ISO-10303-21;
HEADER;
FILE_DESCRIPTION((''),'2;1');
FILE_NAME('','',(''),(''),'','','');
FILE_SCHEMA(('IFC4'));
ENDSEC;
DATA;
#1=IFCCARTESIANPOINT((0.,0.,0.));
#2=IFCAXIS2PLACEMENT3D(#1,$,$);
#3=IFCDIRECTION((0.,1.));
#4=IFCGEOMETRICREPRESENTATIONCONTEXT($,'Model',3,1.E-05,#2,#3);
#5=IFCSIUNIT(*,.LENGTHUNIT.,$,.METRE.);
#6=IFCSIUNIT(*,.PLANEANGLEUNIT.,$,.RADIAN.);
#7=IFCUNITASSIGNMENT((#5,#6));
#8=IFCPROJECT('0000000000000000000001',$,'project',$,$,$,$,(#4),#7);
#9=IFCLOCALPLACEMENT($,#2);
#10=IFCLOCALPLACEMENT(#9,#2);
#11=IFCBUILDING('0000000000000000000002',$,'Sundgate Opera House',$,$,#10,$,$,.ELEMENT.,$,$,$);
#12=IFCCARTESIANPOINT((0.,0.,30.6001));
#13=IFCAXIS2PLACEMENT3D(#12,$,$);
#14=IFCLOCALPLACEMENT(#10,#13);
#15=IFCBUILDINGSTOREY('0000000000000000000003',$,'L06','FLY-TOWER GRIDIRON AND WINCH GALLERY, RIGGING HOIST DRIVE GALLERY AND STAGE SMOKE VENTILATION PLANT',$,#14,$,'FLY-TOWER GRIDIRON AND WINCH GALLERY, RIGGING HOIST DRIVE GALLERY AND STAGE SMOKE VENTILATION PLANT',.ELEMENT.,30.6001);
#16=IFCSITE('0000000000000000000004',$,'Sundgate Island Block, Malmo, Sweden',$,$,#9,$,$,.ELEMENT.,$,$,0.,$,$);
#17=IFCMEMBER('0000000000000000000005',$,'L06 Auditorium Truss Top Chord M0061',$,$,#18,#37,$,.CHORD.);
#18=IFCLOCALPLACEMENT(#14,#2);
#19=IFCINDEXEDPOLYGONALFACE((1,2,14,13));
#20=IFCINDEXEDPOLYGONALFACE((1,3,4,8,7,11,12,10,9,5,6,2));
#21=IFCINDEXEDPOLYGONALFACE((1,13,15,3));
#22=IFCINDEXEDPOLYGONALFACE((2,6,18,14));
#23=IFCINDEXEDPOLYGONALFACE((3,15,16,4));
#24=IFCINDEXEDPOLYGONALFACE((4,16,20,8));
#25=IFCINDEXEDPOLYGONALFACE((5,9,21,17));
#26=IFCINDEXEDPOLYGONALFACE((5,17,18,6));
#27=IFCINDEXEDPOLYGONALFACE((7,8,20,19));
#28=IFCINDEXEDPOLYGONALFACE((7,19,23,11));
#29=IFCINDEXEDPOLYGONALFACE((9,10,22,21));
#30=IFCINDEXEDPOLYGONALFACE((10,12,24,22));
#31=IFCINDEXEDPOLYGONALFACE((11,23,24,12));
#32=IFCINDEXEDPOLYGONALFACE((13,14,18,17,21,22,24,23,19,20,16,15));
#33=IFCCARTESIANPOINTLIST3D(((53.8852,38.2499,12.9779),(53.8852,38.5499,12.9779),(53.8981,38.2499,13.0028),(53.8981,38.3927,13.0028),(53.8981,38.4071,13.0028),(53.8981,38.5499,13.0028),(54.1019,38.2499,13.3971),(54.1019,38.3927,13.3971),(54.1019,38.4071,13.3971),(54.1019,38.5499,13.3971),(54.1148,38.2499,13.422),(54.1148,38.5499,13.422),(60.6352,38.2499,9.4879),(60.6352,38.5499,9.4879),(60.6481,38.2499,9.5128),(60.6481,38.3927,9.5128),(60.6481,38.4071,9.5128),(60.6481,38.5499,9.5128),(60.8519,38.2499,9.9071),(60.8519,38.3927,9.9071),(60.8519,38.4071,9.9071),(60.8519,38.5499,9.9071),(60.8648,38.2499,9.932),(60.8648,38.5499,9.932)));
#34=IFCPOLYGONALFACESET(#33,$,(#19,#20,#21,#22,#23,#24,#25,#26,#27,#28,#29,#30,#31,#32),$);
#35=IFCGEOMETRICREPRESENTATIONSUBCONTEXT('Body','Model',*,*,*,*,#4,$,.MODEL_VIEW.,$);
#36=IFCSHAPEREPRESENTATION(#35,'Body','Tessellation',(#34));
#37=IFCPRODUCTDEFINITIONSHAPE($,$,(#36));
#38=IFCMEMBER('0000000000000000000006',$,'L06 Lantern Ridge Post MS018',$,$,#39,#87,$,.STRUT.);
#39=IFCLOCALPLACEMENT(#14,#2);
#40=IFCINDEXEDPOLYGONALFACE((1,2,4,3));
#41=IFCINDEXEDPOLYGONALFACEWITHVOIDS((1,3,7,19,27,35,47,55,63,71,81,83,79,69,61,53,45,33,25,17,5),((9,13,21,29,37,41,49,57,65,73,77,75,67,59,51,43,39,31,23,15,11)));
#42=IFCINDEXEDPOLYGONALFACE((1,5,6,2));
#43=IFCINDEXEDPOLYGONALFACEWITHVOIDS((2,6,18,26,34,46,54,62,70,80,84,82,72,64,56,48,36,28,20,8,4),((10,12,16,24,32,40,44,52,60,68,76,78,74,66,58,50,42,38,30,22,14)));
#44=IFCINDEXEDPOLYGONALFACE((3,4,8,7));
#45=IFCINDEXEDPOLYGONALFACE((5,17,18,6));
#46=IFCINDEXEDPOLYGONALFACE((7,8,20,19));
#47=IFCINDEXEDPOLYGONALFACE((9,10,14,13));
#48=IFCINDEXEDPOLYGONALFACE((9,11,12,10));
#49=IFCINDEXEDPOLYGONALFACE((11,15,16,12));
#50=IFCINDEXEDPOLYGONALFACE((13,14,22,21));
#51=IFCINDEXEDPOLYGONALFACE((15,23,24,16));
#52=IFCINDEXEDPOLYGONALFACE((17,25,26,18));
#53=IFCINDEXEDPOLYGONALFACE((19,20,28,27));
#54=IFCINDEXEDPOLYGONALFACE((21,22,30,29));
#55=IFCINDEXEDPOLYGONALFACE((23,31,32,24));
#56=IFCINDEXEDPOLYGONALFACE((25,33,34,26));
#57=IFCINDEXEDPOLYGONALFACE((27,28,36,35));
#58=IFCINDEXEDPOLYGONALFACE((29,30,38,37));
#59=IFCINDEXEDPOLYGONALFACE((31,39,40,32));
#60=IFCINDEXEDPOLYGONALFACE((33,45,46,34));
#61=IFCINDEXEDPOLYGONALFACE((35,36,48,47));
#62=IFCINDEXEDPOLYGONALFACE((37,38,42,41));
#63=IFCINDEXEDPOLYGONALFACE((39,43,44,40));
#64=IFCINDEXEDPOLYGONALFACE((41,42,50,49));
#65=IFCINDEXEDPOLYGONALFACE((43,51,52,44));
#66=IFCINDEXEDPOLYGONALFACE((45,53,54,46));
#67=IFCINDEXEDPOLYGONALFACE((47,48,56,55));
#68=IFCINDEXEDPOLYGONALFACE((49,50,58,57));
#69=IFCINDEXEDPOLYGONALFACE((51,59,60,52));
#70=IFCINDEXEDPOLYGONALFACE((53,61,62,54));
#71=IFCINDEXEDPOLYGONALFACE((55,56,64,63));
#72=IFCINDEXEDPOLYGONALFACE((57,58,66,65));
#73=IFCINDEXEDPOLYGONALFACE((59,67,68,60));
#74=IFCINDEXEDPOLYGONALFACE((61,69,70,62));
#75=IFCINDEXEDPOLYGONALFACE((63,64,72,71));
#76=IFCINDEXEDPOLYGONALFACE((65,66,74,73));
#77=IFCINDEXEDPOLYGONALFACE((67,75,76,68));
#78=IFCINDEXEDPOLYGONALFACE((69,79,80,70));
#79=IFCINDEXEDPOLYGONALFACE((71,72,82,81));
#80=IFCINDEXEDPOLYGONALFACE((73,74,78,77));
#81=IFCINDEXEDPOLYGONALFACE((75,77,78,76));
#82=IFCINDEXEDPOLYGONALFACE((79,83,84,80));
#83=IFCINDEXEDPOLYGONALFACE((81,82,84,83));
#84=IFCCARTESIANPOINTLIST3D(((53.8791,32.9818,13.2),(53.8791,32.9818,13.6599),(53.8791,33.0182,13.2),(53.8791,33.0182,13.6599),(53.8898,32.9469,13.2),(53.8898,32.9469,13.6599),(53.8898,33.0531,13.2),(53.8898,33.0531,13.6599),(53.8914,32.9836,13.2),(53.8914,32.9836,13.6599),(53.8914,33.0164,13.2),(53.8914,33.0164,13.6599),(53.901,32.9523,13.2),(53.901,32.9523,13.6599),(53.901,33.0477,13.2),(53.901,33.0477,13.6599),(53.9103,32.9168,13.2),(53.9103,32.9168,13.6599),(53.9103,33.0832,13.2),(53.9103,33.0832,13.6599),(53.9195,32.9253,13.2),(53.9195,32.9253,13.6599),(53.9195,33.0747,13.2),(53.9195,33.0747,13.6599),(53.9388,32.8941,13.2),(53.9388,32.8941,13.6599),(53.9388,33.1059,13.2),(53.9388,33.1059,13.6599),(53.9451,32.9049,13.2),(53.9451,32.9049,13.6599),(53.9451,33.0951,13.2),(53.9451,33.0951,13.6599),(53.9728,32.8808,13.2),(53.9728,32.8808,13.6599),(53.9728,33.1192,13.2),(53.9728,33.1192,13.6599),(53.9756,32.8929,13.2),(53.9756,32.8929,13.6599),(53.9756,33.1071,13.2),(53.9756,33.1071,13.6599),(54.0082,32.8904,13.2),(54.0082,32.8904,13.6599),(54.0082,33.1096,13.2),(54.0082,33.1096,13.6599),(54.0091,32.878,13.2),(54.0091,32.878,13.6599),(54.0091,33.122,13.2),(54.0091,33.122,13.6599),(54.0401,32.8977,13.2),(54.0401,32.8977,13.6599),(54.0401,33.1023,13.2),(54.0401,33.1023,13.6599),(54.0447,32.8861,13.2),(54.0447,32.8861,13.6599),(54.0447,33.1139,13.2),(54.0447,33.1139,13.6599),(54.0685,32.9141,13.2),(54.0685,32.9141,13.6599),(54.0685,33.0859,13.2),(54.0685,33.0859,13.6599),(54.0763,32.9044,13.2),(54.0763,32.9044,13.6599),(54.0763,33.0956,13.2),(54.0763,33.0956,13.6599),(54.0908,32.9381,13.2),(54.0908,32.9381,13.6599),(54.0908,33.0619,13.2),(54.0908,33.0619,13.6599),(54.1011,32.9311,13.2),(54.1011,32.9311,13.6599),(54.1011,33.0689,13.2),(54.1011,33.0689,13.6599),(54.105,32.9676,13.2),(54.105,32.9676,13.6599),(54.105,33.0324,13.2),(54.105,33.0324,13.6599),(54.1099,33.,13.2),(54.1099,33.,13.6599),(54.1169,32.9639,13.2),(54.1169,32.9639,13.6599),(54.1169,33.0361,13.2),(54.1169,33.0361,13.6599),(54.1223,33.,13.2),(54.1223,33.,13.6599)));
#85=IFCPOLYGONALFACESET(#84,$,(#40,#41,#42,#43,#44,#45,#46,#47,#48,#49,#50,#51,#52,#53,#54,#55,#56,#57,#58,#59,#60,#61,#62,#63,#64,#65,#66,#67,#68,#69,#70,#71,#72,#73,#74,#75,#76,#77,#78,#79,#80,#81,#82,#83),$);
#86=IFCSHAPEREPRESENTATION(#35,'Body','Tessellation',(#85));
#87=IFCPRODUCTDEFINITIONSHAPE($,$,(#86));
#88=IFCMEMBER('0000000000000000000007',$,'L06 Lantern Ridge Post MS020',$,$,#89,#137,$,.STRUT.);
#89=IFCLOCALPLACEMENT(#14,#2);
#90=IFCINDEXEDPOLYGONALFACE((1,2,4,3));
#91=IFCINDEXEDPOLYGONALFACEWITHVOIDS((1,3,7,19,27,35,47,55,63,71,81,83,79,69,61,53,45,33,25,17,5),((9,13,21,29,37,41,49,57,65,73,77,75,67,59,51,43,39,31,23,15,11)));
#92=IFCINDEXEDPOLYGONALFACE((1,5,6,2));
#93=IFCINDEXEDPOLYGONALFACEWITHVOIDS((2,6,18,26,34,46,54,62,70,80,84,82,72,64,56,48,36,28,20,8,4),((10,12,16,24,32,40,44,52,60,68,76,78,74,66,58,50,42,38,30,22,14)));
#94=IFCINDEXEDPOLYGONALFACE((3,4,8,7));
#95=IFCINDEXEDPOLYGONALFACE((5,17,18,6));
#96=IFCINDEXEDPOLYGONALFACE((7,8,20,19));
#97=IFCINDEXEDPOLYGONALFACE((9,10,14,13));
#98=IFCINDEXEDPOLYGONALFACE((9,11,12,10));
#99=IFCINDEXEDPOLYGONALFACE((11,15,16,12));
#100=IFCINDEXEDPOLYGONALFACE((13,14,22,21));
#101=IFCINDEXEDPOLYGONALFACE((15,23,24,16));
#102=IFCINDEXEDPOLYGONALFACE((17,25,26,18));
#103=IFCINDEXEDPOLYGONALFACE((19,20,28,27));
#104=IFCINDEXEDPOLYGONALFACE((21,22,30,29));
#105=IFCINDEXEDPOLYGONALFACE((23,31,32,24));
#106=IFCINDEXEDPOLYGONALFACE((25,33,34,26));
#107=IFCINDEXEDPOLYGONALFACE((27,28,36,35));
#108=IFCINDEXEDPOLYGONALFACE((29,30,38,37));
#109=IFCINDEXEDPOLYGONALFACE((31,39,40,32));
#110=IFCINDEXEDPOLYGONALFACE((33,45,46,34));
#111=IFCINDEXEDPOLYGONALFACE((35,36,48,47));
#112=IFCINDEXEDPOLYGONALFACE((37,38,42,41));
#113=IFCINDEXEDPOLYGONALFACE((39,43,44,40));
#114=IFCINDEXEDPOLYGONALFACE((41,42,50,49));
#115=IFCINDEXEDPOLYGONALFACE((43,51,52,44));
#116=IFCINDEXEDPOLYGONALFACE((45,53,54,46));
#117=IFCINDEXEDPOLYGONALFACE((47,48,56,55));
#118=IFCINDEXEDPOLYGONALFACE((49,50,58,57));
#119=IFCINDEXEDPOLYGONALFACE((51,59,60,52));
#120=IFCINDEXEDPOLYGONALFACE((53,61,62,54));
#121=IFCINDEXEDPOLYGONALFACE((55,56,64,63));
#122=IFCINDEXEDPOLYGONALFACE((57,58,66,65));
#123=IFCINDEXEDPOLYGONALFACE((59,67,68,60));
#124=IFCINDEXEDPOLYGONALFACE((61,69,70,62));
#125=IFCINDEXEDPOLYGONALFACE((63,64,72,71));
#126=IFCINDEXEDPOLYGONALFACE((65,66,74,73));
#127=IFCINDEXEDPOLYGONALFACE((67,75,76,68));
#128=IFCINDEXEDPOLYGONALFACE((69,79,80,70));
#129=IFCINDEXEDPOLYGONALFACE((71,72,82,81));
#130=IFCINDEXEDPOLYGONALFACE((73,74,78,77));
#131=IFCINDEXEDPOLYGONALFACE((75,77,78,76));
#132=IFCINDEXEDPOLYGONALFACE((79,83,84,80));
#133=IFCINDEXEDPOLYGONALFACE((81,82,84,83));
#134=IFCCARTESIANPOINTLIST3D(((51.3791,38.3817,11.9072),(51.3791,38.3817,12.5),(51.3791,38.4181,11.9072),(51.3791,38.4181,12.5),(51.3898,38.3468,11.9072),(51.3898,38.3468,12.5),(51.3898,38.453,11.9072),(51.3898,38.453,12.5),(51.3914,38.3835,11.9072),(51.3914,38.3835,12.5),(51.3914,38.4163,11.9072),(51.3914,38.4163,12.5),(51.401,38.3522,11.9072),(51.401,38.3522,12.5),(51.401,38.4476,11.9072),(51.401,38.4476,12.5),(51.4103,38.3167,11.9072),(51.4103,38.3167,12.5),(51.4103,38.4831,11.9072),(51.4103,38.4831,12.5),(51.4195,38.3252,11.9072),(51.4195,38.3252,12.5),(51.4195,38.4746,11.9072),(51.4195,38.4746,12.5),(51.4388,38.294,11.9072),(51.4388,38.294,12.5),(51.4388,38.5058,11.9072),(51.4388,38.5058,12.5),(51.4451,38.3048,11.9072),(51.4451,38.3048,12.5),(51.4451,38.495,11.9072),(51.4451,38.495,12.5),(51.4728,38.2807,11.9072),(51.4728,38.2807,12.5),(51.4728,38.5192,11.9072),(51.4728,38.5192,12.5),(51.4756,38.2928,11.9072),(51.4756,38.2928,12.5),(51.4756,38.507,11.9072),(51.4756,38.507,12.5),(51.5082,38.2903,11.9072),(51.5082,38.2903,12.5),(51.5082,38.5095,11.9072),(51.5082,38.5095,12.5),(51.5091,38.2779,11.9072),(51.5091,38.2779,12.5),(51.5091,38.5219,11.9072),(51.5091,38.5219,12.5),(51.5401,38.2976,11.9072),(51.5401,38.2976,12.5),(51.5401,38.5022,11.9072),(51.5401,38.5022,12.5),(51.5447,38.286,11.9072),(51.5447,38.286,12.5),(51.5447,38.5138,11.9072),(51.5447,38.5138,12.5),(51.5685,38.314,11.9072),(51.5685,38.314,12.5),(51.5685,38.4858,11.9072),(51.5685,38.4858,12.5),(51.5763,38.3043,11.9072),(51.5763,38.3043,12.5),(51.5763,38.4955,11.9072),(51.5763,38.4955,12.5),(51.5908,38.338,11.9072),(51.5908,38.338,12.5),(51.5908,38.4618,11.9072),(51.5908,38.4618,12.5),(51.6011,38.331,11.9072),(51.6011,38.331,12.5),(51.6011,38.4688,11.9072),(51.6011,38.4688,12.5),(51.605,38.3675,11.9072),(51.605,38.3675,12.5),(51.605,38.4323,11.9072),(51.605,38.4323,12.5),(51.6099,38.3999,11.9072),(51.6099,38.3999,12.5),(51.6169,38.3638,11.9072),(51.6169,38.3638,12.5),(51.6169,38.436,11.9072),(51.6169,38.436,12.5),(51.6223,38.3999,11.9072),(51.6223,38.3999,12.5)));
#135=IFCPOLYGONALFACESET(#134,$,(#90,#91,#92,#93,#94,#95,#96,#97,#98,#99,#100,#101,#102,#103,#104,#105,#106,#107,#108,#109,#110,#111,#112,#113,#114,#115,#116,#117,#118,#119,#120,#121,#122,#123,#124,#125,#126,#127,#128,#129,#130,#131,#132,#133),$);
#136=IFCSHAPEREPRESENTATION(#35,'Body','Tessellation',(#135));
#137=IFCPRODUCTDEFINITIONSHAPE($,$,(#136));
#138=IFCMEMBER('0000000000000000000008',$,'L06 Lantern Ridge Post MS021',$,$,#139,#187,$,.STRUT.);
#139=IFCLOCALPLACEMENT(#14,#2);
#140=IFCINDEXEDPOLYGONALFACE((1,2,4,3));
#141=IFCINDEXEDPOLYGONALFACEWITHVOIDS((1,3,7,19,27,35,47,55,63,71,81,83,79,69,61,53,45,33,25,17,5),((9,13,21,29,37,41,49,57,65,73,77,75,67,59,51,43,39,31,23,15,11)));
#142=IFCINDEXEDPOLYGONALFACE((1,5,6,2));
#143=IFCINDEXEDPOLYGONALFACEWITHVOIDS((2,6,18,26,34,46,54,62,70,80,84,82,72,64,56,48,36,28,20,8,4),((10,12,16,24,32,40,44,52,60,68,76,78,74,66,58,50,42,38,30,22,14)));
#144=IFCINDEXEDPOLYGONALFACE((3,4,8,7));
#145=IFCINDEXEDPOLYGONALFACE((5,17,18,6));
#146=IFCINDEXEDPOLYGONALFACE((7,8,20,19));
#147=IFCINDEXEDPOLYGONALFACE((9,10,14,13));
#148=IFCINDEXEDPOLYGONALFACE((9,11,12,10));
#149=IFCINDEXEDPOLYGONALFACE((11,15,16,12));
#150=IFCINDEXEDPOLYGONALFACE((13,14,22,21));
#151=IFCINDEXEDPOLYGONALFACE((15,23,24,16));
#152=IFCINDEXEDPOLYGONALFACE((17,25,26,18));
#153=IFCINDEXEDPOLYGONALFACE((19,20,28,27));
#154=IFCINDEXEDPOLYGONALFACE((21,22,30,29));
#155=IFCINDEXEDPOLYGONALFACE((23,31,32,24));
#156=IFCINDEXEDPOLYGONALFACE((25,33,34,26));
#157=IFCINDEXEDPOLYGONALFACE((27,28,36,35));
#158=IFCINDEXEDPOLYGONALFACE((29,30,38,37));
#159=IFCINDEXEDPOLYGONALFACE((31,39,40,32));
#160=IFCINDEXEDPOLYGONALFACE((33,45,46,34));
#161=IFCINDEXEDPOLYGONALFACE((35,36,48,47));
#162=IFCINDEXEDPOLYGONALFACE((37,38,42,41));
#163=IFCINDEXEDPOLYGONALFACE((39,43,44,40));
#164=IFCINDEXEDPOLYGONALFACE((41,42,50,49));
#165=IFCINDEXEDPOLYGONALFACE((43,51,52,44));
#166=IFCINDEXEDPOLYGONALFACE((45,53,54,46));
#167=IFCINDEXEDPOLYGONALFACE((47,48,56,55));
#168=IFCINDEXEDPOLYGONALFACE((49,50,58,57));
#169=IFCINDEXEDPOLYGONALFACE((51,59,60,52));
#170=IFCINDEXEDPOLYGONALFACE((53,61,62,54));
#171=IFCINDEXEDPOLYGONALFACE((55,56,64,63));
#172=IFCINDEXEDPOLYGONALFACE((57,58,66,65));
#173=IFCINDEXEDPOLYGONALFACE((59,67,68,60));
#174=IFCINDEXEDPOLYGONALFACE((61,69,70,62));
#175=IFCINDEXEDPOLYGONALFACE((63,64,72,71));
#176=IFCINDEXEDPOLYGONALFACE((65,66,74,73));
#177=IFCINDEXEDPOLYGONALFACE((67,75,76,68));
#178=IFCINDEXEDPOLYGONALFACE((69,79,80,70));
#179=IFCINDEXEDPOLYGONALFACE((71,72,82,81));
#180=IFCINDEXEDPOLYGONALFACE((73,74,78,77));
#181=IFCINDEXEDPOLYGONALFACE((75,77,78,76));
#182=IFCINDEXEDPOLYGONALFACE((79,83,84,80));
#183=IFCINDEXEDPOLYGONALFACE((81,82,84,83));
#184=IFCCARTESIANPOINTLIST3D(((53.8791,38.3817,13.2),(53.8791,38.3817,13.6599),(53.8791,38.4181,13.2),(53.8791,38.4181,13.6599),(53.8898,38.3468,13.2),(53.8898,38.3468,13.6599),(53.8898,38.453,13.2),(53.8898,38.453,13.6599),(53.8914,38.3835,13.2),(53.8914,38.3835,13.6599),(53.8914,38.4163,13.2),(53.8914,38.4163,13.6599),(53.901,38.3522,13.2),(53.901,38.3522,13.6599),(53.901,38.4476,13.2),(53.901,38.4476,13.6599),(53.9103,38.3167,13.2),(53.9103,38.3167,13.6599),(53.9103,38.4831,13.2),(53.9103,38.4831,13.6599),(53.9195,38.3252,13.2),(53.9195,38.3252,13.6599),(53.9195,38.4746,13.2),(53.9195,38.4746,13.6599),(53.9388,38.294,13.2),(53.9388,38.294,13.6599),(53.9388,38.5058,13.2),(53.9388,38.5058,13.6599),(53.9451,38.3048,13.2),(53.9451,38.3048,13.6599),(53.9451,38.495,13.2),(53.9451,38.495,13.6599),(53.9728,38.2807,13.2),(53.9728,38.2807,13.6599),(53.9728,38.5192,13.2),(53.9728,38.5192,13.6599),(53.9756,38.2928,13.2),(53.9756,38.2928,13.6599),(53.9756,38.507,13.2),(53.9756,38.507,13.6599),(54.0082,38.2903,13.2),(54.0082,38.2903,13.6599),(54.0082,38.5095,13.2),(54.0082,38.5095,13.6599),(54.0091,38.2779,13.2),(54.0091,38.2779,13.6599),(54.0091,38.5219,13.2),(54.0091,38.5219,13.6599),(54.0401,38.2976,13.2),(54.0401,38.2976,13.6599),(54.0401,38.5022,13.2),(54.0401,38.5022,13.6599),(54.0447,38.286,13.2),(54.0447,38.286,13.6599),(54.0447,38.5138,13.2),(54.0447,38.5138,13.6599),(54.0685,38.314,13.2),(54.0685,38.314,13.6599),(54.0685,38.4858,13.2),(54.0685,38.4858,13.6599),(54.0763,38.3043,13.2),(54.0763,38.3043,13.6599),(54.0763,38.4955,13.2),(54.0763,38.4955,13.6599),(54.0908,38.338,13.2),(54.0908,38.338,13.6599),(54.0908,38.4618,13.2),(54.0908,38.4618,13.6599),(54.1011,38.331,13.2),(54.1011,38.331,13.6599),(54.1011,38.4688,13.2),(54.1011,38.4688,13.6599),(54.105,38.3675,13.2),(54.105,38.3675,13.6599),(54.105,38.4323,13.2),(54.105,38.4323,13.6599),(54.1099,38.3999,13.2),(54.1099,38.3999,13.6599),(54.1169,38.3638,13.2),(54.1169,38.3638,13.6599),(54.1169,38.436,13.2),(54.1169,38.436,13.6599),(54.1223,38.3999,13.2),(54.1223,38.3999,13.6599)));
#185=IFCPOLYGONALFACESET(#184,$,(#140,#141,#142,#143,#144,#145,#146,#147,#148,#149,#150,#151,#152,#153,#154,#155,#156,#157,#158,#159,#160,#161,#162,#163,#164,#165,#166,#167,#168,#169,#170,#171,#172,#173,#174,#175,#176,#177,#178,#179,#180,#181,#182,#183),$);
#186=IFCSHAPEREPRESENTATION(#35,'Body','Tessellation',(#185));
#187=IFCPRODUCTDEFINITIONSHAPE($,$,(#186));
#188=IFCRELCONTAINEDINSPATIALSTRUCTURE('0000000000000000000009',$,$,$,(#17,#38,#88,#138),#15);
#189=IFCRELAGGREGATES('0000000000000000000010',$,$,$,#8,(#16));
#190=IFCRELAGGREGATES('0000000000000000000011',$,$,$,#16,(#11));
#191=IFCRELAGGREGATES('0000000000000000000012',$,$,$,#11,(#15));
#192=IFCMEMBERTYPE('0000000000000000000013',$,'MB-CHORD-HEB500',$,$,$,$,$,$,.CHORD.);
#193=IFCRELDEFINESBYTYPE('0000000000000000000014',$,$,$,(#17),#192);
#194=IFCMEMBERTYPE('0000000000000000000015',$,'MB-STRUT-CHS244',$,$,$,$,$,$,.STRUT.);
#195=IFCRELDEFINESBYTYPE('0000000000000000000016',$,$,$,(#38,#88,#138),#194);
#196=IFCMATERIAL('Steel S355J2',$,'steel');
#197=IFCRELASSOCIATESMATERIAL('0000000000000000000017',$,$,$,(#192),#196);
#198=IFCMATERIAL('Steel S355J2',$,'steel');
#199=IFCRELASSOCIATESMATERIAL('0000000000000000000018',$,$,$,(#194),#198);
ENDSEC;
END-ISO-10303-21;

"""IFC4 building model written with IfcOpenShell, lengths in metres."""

from ifc_helpers import new_model, si_unit, direction, frame, origin, origin_2d, place, context, subcontext, project, spatial, hollow_circle, i_section, extrude, material, material_profile, profile_set, type_object, element, save


model = new_model("IFC4")

# Units and contexts
model_context = context("Model", 3, precision=1e-05, world=origin(), true_north=direction((0.0, 1.0)))
body_context = subcontext(model_context, "Body", "Model", "MODEL_VIEW")
ifc_project = project(units=[si_unit("LENGTHUNIT", "METRE"), si_unit("PLANEANGLEUNIT", "RADIAN")], contexts=[model_context])

# Site, building, storey
site_placement = place(None, origin())
site = spatial("IfcSite", under=ifc_project, at=site_placement, Name="Sundgate Island Block, Malmo, Sweden", CompositionType="ELEMENT", RefElevation=0.0)
building_placement = place(site_placement, origin())
building = spatial("IfcBuilding", under=site, at=building_placement, Name="Sundgate Opera House", CompositionType="ELEMENT")
storey_placement = place(building_placement, frame((0.0, 0.0, 30.6001)))
storey = spatial("IfcBuildingStorey", under=building, at=storey_placement, Name="L06", Description="FLY-TOWER GRIDIRON AND WINCH GALLERY, RIGGING HOIST DRIVE GALLERY AND STAGE SMOKE VENTILATION PLANT", LongName="FLY-TOWER GRIDIRON AND WINCH GALLERY, RIGGING HOIST DRIVE GALLERY AND STAGE SMOKE VENTILATION PLANT", CompositionType="ELEMENT", Elevation=30.6001)

# Members
ifc_material_1 = material(Name="Steel S355J2", Category="steel")
ifc_material_profile_1 = material_profile(ifc_material_1, i_section(OverallWidth=0.3, OverallDepth=0.5, WebThickness=0.0144, FlangeThickness=0.0281, at=origin_2d()), Name="HEB 500")
ifc_profile_set_1 = profile_set([ifc_material_profile_1], Name="Steel S355J2")
member_type_1 = type_object("IfcMemberType", Name="MB-CHORD-HEB500", PredefinedType="CHORD", material=ifc_profile_set_1)
for number, where, z_axis, x_axis, name in (
    (1, (54.0, 38.3999, 13.2), (0.888292, 0.0, -0.459279), (0.0, 1.0, 0.0), "L06 Auditorium Truss Top Chord M0061"),
):
    element("IfcMember", number, at=place(storey_placement, frame(where, z_axis=z_axis, x_axis=x_axis)), inside=storey, type_object=member_type_1, Name=name, PredefinedType="CHORD", context=body_context, shape_type="SweptSolid", body=[
        extrude(i_section(OverallWidth=0.3, OverallDepth=0.5, WebThickness=0.0144, FlangeThickness=0.0281, at=origin_2d()), origin(), (0.0, 0.0, 1.0), 7.5989),
    ])
ifc_material_2 = material(Name="Steel S355J2", Category="steel")
ifc_material_profile_2 = material_profile(ifc_material_2, hollow_circle(Radius=0.1223, WallThickness=0.0125, at=origin_2d()), Name="CHS 244.5x12.5")
ifc_profile_set_2 = profile_set([ifc_material_profile_2], Name="Steel S355J2")
member_type_2 = type_object("IfcMemberType", Name="MB-STRUT-CHS244", PredefinedType="STRUT", material=ifc_profile_set_2)
member_1_placement = place(storey_placement, frame((54.0, 33.0, 13.2), z_axis=(0.0, 0.0, 1.0), x_axis=(1.0, 0.0, 0.0)))
element("IfcMember", 2, at=member_1_placement, inside=storey, type_object=member_type_2, Name="L06 Lantern Ridge Post MS018", PredefinedType="STRUT", context=body_context, shape_type="SweptSolid", body=[
    extrude(hollow_circle(Radius=0.1223, WallThickness=0.0125, at=origin_2d()), origin(), (0.0, 0.0, 1.0), 0.46),
])
member_2_placement = place(storey_placement, frame((51.5, 38.3999, 11.9072), z_axis=(0.0, 0.0, 1.0), x_axis=(1.0, 0.0, 0.0)))
element("IfcMember", 3, at=member_2_placement, inside=storey, type_object=member_type_2, Name="L06 Lantern Ridge Post MS020", PredefinedType="STRUT", context=body_context, shape_type="SweptSolid", body=[
    extrude(hollow_circle(Radius=0.1223, WallThickness=0.0125, at=origin_2d()), origin(), (0.0, 0.0, 1.0), 0.5928),
])
member_3_placement = place(storey_placement, frame((54.0, 38.3999, 13.2), z_axis=(0.0, 0.0, 1.0), x_axis=(1.0, 0.0, 0.0)))
element("IfcMember", 4, at=member_3_placement, inside=storey, type_object=member_type_2, Name="L06 Lantern Ridge Post MS021", PredefinedType="STRUT", context=body_context, shape_type="SweptSolid", body=[
    extrude(hollow_circle(Radius=0.1223, WallThickness=0.0125, at=origin_2d()), origin(), (0.0, 0.0, 1.0), 0.46),
])

save(model, "model.ifc")
